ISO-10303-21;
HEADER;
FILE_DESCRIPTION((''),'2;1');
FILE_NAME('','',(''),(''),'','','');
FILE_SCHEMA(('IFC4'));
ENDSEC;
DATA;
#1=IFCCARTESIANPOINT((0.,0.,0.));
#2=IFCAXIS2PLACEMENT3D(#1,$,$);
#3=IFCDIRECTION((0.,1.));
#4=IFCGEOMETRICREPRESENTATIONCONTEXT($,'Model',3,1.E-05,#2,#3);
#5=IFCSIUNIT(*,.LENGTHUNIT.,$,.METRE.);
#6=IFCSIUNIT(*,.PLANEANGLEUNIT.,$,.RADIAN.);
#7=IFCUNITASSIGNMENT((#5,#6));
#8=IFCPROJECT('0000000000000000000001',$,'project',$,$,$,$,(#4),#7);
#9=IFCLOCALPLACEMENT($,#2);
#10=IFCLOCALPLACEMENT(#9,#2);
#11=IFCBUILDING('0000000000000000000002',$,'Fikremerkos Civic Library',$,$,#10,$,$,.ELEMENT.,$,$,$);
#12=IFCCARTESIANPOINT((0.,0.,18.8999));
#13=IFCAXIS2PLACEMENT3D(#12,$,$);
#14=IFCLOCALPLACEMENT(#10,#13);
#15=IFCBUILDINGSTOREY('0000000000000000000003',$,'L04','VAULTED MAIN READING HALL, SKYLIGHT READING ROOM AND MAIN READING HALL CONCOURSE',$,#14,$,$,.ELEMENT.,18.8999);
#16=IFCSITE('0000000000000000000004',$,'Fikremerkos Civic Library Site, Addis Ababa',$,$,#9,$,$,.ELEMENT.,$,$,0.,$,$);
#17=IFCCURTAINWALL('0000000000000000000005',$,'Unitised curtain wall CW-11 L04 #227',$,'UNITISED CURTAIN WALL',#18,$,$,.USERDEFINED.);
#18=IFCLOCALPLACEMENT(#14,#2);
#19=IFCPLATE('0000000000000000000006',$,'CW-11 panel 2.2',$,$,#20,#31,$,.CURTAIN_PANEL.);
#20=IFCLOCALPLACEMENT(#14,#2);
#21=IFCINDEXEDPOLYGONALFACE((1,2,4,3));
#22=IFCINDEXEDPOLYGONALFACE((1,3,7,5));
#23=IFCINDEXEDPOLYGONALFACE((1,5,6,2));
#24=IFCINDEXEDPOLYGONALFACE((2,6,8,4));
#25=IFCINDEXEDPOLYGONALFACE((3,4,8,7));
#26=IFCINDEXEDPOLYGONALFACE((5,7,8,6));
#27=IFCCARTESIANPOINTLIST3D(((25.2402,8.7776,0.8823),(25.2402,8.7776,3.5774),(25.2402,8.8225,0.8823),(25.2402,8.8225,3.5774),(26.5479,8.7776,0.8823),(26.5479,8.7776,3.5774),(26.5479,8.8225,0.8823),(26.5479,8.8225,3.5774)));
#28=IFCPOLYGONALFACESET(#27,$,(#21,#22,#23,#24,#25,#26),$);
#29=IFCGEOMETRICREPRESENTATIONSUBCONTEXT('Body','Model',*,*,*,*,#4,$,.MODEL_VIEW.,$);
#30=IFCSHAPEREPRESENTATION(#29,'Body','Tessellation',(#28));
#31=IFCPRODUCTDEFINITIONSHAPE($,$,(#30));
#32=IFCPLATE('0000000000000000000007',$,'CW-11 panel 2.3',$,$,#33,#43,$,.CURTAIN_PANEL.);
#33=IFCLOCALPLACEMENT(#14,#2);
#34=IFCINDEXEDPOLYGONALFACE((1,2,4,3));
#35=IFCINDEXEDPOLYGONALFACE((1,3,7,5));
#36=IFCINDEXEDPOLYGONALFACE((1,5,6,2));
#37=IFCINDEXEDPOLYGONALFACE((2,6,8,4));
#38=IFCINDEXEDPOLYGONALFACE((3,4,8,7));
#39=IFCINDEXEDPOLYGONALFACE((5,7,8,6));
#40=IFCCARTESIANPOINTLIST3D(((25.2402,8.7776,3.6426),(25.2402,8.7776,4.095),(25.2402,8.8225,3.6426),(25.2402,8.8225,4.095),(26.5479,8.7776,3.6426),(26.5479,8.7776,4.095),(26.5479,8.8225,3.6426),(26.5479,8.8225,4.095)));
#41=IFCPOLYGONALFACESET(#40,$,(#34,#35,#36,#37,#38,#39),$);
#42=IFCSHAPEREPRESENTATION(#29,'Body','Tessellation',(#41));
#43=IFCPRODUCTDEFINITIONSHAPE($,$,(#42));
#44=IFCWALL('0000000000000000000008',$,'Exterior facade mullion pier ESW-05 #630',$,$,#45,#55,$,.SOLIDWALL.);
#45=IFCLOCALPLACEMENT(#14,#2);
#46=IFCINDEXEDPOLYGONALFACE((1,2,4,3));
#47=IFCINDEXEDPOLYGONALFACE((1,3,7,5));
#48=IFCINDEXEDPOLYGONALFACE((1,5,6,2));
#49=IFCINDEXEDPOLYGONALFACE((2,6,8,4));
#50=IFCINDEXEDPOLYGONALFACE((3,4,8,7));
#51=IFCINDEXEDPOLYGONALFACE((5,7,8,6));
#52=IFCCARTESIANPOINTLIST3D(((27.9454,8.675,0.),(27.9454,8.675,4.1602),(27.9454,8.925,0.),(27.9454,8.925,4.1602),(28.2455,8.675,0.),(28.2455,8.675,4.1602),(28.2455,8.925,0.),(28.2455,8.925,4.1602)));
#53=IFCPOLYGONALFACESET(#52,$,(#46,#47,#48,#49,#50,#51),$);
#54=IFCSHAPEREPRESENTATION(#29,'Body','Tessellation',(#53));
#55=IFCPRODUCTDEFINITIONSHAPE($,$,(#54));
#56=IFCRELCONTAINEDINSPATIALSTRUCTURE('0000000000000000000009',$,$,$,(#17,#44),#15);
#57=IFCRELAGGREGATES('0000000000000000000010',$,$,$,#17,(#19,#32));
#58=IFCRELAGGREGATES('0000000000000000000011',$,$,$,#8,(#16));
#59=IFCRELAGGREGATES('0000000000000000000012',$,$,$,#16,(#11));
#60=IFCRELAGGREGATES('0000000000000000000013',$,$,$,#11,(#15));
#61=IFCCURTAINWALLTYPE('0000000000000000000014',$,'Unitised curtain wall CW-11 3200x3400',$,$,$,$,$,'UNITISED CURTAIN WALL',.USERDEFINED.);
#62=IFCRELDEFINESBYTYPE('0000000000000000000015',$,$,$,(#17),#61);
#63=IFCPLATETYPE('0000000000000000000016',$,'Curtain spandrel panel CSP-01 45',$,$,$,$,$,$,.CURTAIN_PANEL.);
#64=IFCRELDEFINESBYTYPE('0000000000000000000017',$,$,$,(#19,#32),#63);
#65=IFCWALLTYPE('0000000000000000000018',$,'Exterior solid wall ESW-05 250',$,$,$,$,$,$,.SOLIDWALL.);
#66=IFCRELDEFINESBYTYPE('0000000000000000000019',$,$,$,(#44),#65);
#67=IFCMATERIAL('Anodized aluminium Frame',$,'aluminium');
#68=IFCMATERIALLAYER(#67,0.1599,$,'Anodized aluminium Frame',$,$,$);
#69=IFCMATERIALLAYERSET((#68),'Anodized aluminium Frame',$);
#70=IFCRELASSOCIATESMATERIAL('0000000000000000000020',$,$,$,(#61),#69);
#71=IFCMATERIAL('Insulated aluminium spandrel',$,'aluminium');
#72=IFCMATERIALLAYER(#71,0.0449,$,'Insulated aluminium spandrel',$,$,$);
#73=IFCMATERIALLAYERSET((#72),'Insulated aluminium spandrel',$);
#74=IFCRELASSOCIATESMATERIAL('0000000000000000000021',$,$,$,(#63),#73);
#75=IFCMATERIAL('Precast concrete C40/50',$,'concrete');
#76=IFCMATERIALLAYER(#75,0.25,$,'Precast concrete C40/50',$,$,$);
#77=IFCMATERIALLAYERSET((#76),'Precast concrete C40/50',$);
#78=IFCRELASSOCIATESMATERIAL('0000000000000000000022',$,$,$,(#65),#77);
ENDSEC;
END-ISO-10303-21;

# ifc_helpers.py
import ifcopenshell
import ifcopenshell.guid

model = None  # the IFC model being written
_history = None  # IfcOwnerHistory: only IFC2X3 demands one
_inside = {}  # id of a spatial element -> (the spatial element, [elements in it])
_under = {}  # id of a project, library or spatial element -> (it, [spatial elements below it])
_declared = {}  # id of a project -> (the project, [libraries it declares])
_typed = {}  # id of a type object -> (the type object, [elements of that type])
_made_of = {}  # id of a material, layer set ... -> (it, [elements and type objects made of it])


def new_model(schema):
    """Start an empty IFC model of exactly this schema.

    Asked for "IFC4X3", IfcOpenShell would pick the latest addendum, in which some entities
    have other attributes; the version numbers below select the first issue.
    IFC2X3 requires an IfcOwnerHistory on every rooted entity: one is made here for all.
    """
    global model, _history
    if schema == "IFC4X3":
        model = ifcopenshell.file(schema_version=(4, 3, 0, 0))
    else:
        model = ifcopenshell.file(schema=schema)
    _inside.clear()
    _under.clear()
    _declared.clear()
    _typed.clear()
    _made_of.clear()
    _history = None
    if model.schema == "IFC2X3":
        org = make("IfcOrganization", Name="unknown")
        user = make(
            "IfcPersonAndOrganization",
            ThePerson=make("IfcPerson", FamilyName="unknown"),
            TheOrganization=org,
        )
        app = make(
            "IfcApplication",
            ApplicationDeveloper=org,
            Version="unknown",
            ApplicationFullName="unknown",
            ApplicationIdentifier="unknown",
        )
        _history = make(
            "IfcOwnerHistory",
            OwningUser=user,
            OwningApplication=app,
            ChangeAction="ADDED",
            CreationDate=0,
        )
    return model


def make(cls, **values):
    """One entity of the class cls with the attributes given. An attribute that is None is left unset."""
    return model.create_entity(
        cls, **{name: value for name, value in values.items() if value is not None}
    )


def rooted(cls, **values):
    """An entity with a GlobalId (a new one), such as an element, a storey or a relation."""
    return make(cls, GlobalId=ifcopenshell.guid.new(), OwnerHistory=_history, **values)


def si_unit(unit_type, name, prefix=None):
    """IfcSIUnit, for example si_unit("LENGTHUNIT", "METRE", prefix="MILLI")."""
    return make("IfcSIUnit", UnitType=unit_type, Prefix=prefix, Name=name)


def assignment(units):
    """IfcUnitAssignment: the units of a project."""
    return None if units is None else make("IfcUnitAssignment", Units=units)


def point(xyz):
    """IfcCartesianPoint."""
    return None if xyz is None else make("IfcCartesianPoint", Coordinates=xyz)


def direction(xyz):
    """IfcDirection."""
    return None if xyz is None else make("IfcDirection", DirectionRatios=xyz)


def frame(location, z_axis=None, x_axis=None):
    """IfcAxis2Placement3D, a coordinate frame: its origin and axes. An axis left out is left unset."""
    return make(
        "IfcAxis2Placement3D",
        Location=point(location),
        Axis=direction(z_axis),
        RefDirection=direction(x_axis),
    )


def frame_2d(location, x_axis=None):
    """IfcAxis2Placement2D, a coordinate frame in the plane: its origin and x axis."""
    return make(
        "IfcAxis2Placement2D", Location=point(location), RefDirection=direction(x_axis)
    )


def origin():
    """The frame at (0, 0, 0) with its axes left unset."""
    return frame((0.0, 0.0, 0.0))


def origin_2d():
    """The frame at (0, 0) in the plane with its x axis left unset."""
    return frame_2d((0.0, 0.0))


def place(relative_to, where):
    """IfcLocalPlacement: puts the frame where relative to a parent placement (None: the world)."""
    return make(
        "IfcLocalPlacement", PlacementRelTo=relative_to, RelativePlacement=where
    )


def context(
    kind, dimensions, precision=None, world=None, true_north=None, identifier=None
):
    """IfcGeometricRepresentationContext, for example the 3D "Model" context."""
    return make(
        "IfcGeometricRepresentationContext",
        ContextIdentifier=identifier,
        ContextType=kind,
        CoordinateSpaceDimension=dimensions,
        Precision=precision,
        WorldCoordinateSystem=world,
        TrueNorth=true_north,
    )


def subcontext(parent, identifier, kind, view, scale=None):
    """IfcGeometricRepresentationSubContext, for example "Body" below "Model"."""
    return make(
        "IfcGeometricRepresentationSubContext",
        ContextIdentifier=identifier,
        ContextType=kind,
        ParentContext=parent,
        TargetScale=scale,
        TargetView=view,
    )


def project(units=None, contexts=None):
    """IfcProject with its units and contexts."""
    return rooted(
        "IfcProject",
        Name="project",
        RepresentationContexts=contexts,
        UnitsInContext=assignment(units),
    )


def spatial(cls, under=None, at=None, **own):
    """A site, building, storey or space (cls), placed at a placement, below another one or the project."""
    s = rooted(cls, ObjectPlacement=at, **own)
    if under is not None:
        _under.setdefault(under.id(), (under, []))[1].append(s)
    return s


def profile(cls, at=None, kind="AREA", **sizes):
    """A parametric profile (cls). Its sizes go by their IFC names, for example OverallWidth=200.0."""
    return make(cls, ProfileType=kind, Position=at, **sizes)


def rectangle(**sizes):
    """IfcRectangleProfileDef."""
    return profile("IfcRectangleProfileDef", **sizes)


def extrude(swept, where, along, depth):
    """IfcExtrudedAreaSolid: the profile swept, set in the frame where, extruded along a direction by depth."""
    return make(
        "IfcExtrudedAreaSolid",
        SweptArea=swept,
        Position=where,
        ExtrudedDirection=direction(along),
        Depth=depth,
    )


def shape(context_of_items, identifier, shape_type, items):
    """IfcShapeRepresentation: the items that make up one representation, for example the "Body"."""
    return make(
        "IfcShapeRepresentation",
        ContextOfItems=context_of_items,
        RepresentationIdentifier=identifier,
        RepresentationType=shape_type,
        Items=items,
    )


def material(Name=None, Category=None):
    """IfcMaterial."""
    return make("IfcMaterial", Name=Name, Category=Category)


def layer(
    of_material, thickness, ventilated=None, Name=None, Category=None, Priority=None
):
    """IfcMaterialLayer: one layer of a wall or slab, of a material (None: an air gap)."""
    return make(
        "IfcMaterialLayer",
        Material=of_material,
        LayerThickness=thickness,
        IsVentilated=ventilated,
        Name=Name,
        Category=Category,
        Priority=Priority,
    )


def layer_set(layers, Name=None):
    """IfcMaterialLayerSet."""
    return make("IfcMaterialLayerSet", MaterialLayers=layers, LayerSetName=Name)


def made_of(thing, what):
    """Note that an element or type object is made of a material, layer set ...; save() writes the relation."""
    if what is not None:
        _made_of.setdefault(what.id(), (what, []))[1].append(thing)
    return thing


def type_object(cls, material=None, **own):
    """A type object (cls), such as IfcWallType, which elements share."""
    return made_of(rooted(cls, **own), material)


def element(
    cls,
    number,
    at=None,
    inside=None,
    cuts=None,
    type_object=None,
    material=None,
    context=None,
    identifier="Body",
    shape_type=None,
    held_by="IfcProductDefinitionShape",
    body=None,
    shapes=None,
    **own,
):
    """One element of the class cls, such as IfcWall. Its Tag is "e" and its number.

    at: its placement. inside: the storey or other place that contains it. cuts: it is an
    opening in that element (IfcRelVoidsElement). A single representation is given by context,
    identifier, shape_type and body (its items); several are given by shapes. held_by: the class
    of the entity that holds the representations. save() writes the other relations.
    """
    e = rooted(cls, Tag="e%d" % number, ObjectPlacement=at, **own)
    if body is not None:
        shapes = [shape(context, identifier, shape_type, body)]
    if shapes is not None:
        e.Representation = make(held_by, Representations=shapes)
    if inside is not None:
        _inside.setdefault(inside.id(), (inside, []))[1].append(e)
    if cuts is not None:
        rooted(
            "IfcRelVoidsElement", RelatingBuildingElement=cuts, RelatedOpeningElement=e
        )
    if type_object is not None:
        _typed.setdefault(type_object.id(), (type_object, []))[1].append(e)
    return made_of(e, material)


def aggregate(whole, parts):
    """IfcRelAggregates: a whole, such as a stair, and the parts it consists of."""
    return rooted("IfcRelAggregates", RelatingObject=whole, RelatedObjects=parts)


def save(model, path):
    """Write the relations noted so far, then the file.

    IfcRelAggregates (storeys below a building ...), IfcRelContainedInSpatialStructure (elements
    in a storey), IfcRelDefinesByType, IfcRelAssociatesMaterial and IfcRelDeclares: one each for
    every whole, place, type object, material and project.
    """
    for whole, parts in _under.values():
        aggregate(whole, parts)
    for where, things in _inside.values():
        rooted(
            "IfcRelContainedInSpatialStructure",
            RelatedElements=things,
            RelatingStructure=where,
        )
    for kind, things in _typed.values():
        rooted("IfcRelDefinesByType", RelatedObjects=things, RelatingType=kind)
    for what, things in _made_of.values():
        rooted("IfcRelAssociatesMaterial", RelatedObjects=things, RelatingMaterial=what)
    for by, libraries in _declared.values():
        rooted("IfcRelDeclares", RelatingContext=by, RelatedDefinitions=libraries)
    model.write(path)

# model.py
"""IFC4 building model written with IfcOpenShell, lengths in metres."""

from ifc_helpers import new_model, si_unit, direction, frame, frame_2d, origin, origin_2d, place, context, subcontext, project, spatial, rectangle, extrude, material, layer, layer_set, type_object, element, aggregate, save


model = new_model("IFC4")

# Units and contexts
model_context = context("Model", 3, precision=1e-05, world=origin(), true_north=direction((0.0, 1.0)))
body_context = subcontext(model_context, "Body", "Model", "MODEL_VIEW")
ifc_project = project(units=[si_unit("LENGTHUNIT", "METRE"), si_unit("PLANEANGLEUNIT", "RADIAN")], contexts=[model_context])

# Site, building, storey
site_placement = place(None, origin())
site = spatial("IfcSite", under=ifc_project, at=site_placement, Name="Fikremerkos Civic Library Site, Addis Ababa", CompositionType="ELEMENT", RefElevation=0.0)
building_placement = place(site_placement, origin())
building = spatial("IfcBuilding", under=site, at=building_placement, Name="Fikremerkos Civic Library", CompositionType="ELEMENT")
storey_placement = place(building_placement, frame((0.0, 0.0, 18.8999)))
storey = spatial("IfcBuildingStorey", under=building, at=storey_placement, Name="L04", Description="VAULTED MAIN READING HALL, SKYLIGHT READING ROOM AND MAIN READING HALL CONCOURSE", CompositionType="ELEMENT", Elevation=18.8999)

# Curtain wall
ifc_material_1 = material(Name="Anodized aluminium Frame", Category="aluminium")
ifc_layer_1 = layer(ifc_material_1, 0.1599, Name="Anodized aluminium Frame")
ifc_layer_set_1 = layer_set([ifc_layer_1], Name="Anodized aluminium Frame")
curtain_wall_type_1 = type_object("IfcCurtainWallType", Name="Unitised curtain wall CW-11 3200x3400", ElementType="UNITISED CURTAIN WALL", PredefinedType="USERDEFINED", material=ifc_layer_set_1)
curtain_wall_1_placement = place(storey_placement, origin())
curtain_wall_1 = element("IfcCurtainWall", 1, at=curtain_wall_1_placement, inside=storey, type_object=curtain_wall_type_1, Name="Unitised curtain wall CW-11 L04 #227", ObjectType="UNITISED CURTAIN WALL", PredefinedType="USERDEFINED")

# Plates
ifc_material_2 = material(Name="Insulated aluminium spandrel", Category="aluminium")
ifc_layer_2 = layer(ifc_material_2, 0.0449, Name="Insulated aluminium spandrel")
ifc_layer_set_2 = layer_set([ifc_layer_2], Name="Insulated aluminium spandrel")
plate_type_1 = type_object("IfcPlateType", Name="Curtain spandrel panel CSP-01 45", PredefinedType="CURTAIN_PANEL", material=ifc_layer_set_2)
plate_1_placement = place(storey_placement, frame((25.894, 8.8, 0.8823), z_axis=(0.0, 0.0, 1.0), x_axis=(-1.0, 0.0, 0.0)))
plate_1 = element("IfcPlate", 2, at=plate_1_placement, type_object=plate_type_1, Name="CW-11 panel 2.2", PredefinedType="CURTAIN_PANEL", context=body_context, shape_type="SweptSolid", body=[
    extrude(rectangle(XDim=1.3076, YDim=0.0449, at=origin_2d()), origin(), (0.0, 0.0, 1.0), 2.6951),
])
plate_2_placement = place(storey_placement, frame((25.894, 8.8, 3.6426), z_axis=(0.0, 0.0, 1.0), x_axis=(-1.0, 0.0, 0.0)))
plate_2 = element("IfcPlate", 3, at=plate_2_placement, type_object=plate_type_1, Name="CW-11 panel 2.3", PredefinedType="CURTAIN_PANEL", context=body_context, shape_type="SweptSolid", body=[
    extrude(rectangle(XDim=1.3076, YDim=0.0449, at=origin_2d()), origin(), (0.0, 0.0, 1.0), 0.4524),
])
aggregate(curtain_wall_1, [plate_1, plate_2])

# Wall
ifc_material_3 = material(Name="Precast concrete C40/50", Category="concrete")
ifc_layer_3 = layer(ifc_material_3, 0.25, Name="Precast concrete C40/50")
ifc_layer_set_3 = layer_set([ifc_layer_3], Name="Precast concrete C40/50")
wall_type = type_object("IfcWallType", Name="Exterior solid wall ESW-05 250", PredefinedType="SOLIDWALL", material=ifc_layer_set_3)
wall_placement = place(storey_placement, frame((28.2454, 8.8, 0.0), z_axis=(0.0, 0.0, 1.0), x_axis=(-1.0, 0.0, 0.0)))
element("IfcWall", 4, at=wall_placement, inside=storey, type_object=wall_type, Name="Exterior facade mullion pier ESW-05 #630", PredefinedType="SOLIDWALL", context=body_context, shape_type="SweptSolid", body=[
    extrude(rectangle(XDim=0.3, YDim=0.25, at=frame_2d((0.1499, 0.0))), origin(), (0.0, 0.0, 1.0), 4.1602),
])

save(model, "model.ifc")
